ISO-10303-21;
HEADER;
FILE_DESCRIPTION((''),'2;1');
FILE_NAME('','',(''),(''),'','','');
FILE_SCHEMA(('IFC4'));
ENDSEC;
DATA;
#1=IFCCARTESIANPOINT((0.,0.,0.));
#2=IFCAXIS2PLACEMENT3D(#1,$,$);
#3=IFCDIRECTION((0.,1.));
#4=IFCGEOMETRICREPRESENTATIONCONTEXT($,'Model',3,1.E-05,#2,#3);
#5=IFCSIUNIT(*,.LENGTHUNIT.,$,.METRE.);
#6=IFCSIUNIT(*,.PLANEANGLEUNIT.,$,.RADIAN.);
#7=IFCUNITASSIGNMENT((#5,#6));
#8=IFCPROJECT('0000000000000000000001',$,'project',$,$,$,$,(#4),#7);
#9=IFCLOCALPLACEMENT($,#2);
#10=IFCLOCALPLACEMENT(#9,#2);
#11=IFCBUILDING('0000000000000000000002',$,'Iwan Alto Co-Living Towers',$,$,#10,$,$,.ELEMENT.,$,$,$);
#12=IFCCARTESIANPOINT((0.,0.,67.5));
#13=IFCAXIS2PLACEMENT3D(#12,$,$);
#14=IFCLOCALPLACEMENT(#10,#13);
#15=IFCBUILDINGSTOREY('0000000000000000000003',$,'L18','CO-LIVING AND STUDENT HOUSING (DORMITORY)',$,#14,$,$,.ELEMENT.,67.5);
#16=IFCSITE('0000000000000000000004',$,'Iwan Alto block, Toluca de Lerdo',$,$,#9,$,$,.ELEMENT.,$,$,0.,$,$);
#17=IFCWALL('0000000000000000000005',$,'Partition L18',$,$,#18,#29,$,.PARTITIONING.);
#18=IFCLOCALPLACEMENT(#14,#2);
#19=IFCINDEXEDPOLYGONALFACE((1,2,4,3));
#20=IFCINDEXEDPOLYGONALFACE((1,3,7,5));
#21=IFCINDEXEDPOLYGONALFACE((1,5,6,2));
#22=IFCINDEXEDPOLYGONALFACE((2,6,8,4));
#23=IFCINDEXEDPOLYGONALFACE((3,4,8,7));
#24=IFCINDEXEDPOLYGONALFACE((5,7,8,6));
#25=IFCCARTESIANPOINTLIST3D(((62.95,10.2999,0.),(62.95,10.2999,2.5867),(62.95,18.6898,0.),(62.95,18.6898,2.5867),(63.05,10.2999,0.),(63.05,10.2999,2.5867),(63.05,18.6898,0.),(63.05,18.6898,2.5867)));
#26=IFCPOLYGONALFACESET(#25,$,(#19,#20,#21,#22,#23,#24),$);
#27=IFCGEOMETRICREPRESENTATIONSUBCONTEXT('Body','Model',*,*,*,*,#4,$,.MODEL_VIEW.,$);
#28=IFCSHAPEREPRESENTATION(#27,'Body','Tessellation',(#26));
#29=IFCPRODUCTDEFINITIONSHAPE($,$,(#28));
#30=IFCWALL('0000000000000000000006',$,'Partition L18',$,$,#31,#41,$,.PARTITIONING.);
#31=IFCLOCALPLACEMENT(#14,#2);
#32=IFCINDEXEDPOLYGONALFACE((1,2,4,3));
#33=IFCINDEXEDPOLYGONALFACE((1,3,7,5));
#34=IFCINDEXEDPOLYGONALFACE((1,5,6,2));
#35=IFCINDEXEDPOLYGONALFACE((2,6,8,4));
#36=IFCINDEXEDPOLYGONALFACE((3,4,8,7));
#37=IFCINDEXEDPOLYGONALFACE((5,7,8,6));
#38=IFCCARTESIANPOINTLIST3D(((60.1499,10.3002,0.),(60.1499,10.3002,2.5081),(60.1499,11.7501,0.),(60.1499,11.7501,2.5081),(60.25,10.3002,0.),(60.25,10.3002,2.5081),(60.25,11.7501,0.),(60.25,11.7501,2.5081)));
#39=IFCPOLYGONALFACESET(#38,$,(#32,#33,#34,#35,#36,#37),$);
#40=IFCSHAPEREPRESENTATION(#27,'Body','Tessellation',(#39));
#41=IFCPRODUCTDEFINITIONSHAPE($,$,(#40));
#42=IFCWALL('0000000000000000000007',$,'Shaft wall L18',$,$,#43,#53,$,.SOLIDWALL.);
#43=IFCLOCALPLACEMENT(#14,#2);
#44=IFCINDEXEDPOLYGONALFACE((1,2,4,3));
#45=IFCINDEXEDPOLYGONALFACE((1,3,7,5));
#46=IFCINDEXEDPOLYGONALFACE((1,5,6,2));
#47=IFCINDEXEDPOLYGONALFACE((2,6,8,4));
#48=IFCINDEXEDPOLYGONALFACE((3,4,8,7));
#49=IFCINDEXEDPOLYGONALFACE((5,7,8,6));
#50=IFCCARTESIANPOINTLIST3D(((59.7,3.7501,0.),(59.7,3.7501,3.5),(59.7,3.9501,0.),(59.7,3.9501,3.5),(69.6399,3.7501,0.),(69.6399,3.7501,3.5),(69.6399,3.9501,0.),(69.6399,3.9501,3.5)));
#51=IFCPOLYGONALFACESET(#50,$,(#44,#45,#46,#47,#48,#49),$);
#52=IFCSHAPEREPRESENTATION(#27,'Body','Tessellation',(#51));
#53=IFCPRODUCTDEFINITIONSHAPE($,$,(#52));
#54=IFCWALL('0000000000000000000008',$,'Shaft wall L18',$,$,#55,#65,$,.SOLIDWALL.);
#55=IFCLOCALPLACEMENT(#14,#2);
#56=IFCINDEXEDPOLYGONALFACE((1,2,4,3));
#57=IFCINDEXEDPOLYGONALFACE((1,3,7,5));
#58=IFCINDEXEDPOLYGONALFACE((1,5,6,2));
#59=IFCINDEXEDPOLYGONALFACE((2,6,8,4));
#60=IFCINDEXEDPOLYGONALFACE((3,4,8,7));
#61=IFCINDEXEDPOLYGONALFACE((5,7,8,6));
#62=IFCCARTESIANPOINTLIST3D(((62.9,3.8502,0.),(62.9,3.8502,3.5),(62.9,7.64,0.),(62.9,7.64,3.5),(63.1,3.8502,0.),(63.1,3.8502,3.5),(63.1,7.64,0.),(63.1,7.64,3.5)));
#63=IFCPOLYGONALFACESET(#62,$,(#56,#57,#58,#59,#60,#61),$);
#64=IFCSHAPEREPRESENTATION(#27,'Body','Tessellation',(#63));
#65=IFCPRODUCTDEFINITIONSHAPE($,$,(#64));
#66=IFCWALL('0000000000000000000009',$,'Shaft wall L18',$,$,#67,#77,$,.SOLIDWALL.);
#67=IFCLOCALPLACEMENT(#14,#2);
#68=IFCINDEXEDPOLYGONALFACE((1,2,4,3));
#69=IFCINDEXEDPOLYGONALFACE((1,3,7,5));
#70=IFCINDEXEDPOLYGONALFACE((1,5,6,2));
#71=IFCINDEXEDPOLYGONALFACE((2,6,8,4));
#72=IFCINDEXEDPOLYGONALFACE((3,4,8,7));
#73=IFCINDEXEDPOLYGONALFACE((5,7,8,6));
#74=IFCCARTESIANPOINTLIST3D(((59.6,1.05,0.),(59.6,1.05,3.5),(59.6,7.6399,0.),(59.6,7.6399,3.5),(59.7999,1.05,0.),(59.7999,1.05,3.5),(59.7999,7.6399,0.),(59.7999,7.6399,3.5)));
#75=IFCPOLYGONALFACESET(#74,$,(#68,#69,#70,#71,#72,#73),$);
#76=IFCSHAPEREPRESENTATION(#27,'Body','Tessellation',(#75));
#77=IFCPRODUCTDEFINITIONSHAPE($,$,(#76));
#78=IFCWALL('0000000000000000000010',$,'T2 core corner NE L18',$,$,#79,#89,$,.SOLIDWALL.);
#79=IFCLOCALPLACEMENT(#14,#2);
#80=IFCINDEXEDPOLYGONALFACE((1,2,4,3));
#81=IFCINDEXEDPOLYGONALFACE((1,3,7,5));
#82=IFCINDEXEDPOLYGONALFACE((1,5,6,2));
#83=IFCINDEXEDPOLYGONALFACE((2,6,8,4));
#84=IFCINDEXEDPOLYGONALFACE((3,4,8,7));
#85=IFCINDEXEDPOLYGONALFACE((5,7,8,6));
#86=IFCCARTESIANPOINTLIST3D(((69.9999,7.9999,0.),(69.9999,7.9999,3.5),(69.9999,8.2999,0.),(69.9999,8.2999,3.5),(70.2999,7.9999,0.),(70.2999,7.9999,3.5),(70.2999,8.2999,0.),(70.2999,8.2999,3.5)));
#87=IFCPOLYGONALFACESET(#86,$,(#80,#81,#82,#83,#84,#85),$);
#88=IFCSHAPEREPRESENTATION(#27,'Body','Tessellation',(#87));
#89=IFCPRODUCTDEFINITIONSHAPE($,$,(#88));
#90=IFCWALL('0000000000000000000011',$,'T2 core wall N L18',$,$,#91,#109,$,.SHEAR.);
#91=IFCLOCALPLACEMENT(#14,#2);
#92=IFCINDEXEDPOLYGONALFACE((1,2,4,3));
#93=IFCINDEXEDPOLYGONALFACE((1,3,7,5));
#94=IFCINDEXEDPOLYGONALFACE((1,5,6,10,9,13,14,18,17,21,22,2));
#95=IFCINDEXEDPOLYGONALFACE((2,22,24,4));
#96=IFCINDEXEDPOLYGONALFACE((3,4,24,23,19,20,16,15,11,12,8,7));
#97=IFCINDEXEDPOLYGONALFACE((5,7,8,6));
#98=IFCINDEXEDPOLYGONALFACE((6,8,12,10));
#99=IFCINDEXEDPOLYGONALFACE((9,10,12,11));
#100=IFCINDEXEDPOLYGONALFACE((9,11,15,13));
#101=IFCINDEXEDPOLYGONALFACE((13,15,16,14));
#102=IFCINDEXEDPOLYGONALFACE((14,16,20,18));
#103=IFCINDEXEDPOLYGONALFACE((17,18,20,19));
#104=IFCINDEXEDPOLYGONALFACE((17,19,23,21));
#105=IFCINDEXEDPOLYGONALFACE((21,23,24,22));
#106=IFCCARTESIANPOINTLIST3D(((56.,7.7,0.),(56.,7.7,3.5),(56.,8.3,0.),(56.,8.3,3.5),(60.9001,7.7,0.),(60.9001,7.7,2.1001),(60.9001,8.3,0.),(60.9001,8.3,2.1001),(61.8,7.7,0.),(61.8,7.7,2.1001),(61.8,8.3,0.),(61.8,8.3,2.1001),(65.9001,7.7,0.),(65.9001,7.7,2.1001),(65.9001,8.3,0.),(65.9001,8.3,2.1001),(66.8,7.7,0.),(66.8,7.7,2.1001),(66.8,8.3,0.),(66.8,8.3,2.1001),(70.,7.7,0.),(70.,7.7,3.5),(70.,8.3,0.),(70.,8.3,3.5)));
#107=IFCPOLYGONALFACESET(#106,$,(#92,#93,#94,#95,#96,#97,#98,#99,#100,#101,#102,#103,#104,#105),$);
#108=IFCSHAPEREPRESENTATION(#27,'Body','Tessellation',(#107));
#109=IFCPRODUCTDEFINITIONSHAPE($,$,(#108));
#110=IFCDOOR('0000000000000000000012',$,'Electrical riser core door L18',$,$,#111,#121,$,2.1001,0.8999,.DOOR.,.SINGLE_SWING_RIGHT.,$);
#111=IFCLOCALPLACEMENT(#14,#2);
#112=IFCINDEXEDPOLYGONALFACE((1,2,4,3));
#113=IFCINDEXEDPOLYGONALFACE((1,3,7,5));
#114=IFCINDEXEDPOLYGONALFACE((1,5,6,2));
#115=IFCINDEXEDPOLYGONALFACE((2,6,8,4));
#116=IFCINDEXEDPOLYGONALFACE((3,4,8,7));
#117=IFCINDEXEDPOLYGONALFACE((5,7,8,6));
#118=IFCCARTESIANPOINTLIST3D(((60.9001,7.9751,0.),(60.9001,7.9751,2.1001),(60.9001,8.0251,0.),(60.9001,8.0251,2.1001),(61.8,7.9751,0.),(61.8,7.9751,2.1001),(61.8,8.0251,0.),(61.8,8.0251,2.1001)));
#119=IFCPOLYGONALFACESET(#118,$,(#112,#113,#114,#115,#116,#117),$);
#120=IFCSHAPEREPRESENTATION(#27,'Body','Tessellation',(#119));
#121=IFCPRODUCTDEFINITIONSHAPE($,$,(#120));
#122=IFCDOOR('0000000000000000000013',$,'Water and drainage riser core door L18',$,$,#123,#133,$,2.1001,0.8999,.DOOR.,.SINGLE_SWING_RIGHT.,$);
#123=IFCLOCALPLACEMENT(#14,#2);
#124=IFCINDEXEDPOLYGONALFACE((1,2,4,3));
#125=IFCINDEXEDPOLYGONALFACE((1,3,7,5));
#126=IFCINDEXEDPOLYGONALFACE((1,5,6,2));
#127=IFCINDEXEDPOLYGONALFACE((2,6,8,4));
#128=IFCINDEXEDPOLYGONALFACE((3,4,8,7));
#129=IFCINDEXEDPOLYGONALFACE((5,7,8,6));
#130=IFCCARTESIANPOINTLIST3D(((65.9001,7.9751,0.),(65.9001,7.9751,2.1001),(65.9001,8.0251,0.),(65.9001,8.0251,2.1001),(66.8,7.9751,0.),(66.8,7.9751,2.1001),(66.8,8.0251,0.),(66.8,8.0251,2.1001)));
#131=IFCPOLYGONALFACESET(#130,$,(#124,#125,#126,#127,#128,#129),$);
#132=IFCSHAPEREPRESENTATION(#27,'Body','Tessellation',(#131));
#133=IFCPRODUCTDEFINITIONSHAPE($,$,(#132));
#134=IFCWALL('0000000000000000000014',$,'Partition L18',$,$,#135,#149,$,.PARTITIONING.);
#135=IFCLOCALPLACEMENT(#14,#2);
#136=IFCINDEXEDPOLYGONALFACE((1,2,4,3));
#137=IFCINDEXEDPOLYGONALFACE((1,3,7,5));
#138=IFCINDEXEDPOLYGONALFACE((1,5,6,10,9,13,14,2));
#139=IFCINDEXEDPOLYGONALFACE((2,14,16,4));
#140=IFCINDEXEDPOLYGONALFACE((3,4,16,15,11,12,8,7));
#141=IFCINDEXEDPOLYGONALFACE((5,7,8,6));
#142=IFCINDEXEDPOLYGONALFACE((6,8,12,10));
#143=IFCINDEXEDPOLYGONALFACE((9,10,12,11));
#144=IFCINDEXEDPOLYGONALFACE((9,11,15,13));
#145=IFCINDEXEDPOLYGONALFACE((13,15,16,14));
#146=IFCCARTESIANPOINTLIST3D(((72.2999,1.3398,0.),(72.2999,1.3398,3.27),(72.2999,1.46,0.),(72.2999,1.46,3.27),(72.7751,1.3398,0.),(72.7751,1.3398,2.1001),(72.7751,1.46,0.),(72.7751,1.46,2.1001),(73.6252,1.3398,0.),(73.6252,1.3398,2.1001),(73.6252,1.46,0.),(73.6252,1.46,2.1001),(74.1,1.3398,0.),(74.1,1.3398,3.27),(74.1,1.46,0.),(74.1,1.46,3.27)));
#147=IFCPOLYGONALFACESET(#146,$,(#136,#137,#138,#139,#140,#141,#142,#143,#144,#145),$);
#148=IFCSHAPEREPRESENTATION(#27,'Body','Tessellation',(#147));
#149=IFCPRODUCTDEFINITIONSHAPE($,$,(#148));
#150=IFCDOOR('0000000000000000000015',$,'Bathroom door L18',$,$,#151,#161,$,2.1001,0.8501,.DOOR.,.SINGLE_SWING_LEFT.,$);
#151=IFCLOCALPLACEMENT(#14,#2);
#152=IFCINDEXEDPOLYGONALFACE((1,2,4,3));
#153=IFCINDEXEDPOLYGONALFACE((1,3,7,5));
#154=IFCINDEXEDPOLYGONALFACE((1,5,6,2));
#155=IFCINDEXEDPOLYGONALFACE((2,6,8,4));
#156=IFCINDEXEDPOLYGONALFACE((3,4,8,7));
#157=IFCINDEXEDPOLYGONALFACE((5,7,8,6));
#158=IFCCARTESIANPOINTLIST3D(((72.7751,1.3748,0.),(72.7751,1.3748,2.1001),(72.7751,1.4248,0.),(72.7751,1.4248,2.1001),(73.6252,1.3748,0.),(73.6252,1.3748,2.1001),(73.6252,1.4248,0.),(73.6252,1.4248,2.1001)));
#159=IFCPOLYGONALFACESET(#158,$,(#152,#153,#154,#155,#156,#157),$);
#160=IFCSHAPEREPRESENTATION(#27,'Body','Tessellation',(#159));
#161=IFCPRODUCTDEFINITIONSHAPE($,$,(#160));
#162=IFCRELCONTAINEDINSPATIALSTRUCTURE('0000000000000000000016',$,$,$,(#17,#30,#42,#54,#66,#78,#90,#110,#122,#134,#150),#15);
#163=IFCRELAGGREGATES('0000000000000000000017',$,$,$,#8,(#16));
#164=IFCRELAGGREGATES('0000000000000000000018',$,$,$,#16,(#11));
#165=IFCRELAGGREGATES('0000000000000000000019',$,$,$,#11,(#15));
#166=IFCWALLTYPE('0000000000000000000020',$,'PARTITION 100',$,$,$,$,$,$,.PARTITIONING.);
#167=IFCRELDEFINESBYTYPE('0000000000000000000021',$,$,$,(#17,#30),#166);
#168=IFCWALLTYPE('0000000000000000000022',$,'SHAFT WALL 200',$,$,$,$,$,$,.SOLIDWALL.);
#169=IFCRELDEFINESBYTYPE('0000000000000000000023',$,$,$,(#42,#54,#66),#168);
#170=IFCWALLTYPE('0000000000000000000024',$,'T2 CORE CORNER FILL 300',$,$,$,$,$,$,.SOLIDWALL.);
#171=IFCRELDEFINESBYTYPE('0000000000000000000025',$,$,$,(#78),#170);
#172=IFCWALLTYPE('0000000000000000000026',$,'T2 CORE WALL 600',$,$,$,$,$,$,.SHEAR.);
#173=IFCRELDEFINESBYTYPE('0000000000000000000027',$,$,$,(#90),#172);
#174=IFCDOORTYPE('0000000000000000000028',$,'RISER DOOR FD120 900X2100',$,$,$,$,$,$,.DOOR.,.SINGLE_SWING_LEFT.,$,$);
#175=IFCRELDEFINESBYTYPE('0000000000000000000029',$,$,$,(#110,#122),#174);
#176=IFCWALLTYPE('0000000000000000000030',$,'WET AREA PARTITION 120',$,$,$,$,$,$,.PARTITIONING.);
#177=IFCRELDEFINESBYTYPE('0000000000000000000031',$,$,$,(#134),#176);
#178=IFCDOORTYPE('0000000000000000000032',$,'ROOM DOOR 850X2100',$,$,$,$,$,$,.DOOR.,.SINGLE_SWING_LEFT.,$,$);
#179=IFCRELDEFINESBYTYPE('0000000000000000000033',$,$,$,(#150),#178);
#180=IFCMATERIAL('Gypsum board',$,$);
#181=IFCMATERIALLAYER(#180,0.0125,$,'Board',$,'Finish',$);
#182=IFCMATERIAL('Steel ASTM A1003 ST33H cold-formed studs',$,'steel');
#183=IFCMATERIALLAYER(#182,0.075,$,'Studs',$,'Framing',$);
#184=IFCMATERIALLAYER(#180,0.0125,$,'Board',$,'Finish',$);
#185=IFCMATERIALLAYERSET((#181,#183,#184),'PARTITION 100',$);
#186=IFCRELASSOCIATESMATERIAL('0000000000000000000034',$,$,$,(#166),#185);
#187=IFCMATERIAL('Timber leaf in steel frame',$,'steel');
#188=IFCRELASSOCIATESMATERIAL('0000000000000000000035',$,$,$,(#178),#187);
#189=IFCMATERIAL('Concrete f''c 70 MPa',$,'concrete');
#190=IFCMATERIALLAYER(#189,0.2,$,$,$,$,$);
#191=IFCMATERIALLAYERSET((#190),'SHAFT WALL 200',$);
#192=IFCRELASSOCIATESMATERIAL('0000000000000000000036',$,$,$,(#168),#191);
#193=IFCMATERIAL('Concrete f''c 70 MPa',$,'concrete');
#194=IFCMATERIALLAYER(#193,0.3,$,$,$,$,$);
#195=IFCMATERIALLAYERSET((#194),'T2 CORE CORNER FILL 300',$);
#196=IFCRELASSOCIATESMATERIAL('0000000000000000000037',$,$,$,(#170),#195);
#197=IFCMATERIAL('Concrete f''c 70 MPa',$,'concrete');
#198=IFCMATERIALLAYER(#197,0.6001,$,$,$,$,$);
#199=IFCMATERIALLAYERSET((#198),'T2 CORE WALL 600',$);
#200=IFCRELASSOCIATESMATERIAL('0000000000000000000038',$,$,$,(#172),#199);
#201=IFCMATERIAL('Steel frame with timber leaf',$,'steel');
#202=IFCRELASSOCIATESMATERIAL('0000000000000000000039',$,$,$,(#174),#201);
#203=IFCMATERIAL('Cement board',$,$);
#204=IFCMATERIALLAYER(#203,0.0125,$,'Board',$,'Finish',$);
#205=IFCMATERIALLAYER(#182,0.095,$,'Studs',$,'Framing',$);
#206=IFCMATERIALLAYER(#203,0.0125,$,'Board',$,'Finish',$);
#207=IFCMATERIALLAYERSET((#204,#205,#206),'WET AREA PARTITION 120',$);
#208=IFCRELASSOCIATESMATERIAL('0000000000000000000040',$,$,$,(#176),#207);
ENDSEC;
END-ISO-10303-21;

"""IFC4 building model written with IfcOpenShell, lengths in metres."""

from ifc_helpers import new_model, si_unit, direction, frame, frame_2d, origin, place, context, subcontext, project, spatial, rectangle, extrude, material, layer, layer_set, type_object, element, fill, save


model = new_model("IFC4")

# Units and contexts
model_context = context("Model", 3, precision=1e-05, world=origin(), true_north=direction((0.0, 1.0)))
body_context = subcontext(model_context, "Body", "Model", "MODEL_VIEW")
ifc_project = project(units=[si_unit("LENGTHUNIT", "METRE"), si_unit("PLANEANGLEUNIT", "RADIAN")], contexts=[model_context])

# Site, building, storey
site_placement = place(None, origin())
site = spatial("IfcSite", under=ifc_project, at=site_placement, Name="Iwan Alto block, Toluca de Lerdo", CompositionType="ELEMENT", RefElevation=0.0)
building_placement = place(site_placement, origin())
building = spatial("IfcBuilding", under=site, at=building_placement, Name="Iwan Alto Co-Living Towers", CompositionType="ELEMENT")
storey_placement = place(building_placement, frame((0.0, 0.0, 67.5)))
storey = spatial("IfcBuildingStorey", under=building, at=storey_placement, Name="L18", Description="CO-LIVING AND STUDENT HOUSING (DORMITORY)", CompositionType="ELEMENT", Elevation=67.5)

# Shared definitions
ifc_material_1 = material(Name="Gypsum board")
ifc_layer_1 = layer(ifc_material_1, 0.0125, Name="Board", Category="Finish")
ifc_material_2 = material(Name="Steel ASTM A1003 ST33H cold-formed studs", Category="steel")
ifc_layer_2 = layer(ifc_material_2, 0.075, Name="Studs", Category="Framing")
ifc_layer_3 = layer(ifc_material_1, 0.0125, Name="Board", Category="Finish")
ifc_layer_set_1 = layer_set([ifc_layer_1, ifc_layer_2, ifc_layer_3], Name="PARTITION 100")
wall_type_1 = type_object("IfcWallType", Name="PARTITION 100", PredefinedType="PARTITIONING", material=ifc_layer_set_1)

# Shared definitions
ifc_material_3 = material(Name="Timber leaf in steel frame", Category="steel")
door_type_1 = type_object("IfcDoorType", Name="ROOM DOOR 850X2100", OperationType="SINGLE_SWING_LEFT", PredefinedType="DOOR", material=ifc_material_3)

# Walls
wall_1_placement = place(storey_placement, frame((63.0, 10.3, 0.0), z_axis=(0.0, 0.0, 1.0), x_axis=(0.0, 1.0, 0.0)))
element("IfcWall", 1, at=wall_1_placement, inside=storey, type_object=wall_type_1, Name="Partition L18", PredefinedType="PARTITIONING", context=body_context, shape_type="SweptSolid", body=[
    extrude(rectangle(XDim=8.3899, YDim=0.1001, at=frame_2d((4.1948, 0.0))), origin(), (0.0, 0.0, 1.0), 2.5867),
])
wall_2_placement = place(storey_placement, frame((60.2, 10.3, 0.0), z_axis=(0.0, 0.0, 1.0), x_axis=(0.0, 1.0, 0.0)))
element("IfcWall", 2, at=wall_2_placement, inside=storey, type_object=wall_type_1, Name="Partition L18", PredefinedType="PARTITIONING", context=body_context, shape_type="SweptSolid", body=[
    extrude(rectangle(XDim=1.45, YDim=0.1001, at=frame_2d((0.7251, 0.0))), origin(), (0.0, 0.0, 1.0), 2.5081),
])
ifc_material_4 = material(Name="Concrete f'c 70 MPa", Category="concrete")
ifc_layer_4 = layer(ifc_material_4, 0.2)
ifc_layer_set_2 = layer_set([ifc_layer_4], Name="SHAFT WALL 200")
wall_type_2 = type_object("IfcWallType", Name="SHAFT WALL 200", PredefinedType="SOLIDWALL", material=ifc_layer_set_2)
wall_3_placement = place(storey_placement, frame((59.7, 3.8501, 0.0), z_axis=(0.0, 0.0, 1.0), x_axis=(1.0, 0.0, 0.0)))
element("IfcWall", 3, at=wall_3_placement, inside=storey, type_object=wall_type_2, Name="Shaft wall L18", PredefinedType="SOLIDWALL", context=body_context, shape_type="SweptSolid", body=[
    extrude(rectangle(XDim=9.9399, YDim=0.2, at=frame_2d((4.97, 0.0))), origin(), (0.0, 0.0, 1.0), 3.5),
])
wall_4_placement = place(storey_placement, frame((63.0, 3.8501, 0.0), z_axis=(0.0, 0.0, 1.0), x_axis=(0.0, 1.0, 0.0)))
element("IfcWall", 4, at=wall_4_placement, inside=storey, type_object=wall_type_2, Name="Shaft wall L18", PredefinedType="SOLIDWALL", context=body_context, shape_type="SweptSolid", body=[
    extrude(rectangle(XDim=3.7898, YDim=0.2, at=frame_2d((1.895, 0.0))), origin(), (0.0, 0.0, 1.0), 3.5),
])
wall_5_placement = place(storey_placement, frame((59.7, 1.05, 0.0), z_axis=(0.0, 0.0, 1.0), x_axis=(0.0, 1.0, 0.0)))
element("IfcWall", 5, at=wall_5_placement, inside=storey, type_object=wall_type_2, Name="Shaft wall L18", PredefinedType="SOLIDWALL", context=body_context, shape_type="SweptSolid", body=[
    extrude(rectangle(XDim=6.5898, YDim=0.2, at=frame_2d((3.2949, 0.0))), origin(), (0.0, 0.0, 1.0), 3.5),
])
ifc_material_5 = material(Name="Concrete f'c 70 MPa", Category="concrete")
ifc_layer_5 = layer(ifc_material_5, 0.3)
ifc_layer_set_3 = layer_set([ifc_layer_5], Name="T2 CORE CORNER FILL 300")
wall_type_3 = type_object("IfcWallType", Name="T2 CORE CORNER FILL 300", PredefinedType="SOLIDWALL", material=ifc_layer_set_3)
wall_6_placement = place(storey_placement, frame((70.0, 8.1499, 0.0), z_axis=(0.0, 0.0, 1.0), x_axis=(1.0, 0.0, 0.0)))
element("IfcWall", 6, at=wall_6_placement, inside=storey, type_object=wall_type_3, Name="T2 core corner NE L18", PredefinedType="SOLIDWALL", context=body_context, shape_type="SweptSolid", body=[
    extrude(rectangle(XDim=0.3, YDim=0.3, at=frame_2d((0.1499, 0.0))), origin(), (0.0, 0.0, 1.0), 3.5),
])

# Wall, openings, doors
ifc_material_6 = material(Name="Concrete f'c 70 MPa", Category="concrete")
ifc_layer_6 = layer(ifc_material_6, 0.6001)
ifc_layer_set_4 = layer_set([ifc_layer_6], Name="T2 CORE WALL 600")
wall_type_4 = type_object("IfcWallType", Name="T2 CORE WALL 600", PredefinedType="SHEAR", material=ifc_layer_set_4)
wall_7_placement = place(storey_placement, frame((70.0, 8.0, 0.0), z_axis=(0.0, 0.0, 1.0), x_axis=(-1.0, 0.0, 0.0)))
wall_7 = element("IfcWall", 7, at=wall_7_placement, inside=storey, type_object=wall_type_4, Name="T2 core wall N L18", PredefinedType="SHEAR", context=body_context, shape_type="SweptSolid", body=[
    extrude(rectangle(XDim=14.0, YDim=0.6001, at=frame_2d((7.0, 0.0))), origin(), (0.0, 0.0, 1.0), 3.5),
])
opening_1_placement = place(wall_7_placement, frame((8.2, 0.0, 0.0)))
opening_1 = element("IfcOpeningElement", 8, at=opening_1_placement, cuts=wall_7, PredefinedType="OPENING", context=body_context, shape_type="SweptSolid", body=[
    extrude(rectangle(XDim=0.8999, YDim=2.1001, at=frame_2d((0.45, 1.05))), frame((0.0, 0.3101, 0.0), z_axis=(0.0, -1.0, 0.0), x_axis=(1.0, 0.0, 0.0)), (0.0, 0.0, 1.0), 0.6201),
])
opening_2_placement = place(wall_7_placement, frame((3.2, 0.0, 0.0)))
opening_2 = element("IfcOpeningElement", 9, at=opening_2_placement, cuts=wall_7, PredefinedType="OPENING", context=body_context, shape_type="SweptSolid", body=[
    extrude(rectangle(XDim=0.8999, YDim=2.1001, at=frame_2d((0.45, 1.05))), frame((0.0, 0.3101, 0.0), z_axis=(0.0, -1.0, 0.0), x_axis=(1.0, 0.0, 0.0)), (0.0, 0.0, 1.0), 0.6201),
])
ifc_material_7 = material(Name="Steel frame with timber leaf", Category="steel")
door_type_2 = type_object("IfcDoorType", Name="RISER DOOR FD120 900X2100", OperationType="SINGLE_SWING_LEFT", PredefinedType="DOOR", material=ifc_material_7)
door_1_placement = place(opening_1_placement, origin())
door_1 = element("IfcDoor", 10, at=door_1_placement, inside=storey, type_object=door_type_2, Name="Electrical riser core door L18", OperationType="SINGLE_SWING_RIGHT", OverallHeight=2.1001, OverallWidth=0.8999, PredefinedType="DOOR", context=body_context, shape_type="SweptSolid", body=[
    extrude(rectangle(XDim=0.8999, YDim=2.1001, at=frame_2d((0.45, 1.05))), frame((0.0, 0.0249, 0.0), z_axis=(0.0, -1.0, 0.0), x_axis=(1.0, 0.0, 0.0)), (0.0, 0.0, 1.0), 0.05),
])
fill(opening_1, door_1)
door_2_placement = place(opening_2_placement, origin())
door_2 = element("IfcDoor", 11, at=door_2_placement, inside=storey, type_object=door_type_2, Name="Water and drainage riser core door L18", OperationType="SINGLE_SWING_RIGHT", OverallHeight=2.1001, OverallWidth=0.8999, PredefinedType="DOOR", context=body_context, shape_type="SweptSolid", body=[
    extrude(rectangle(XDim=0.8999, YDim=2.1001, at=frame_2d((0.45, 1.05))), frame((0.0, 0.0249, 0.0), z_axis=(0.0, -1.0, 0.0), x_axis=(1.0, 0.0, 0.0)), (0.0, 0.0, 1.0), 0.05),
])
fill(opening_2, door_2)

# Wall, opening, door
ifc_material_8 = material(Name="Cement board")
ifc_layer_7 = layer(ifc_material_8, 0.0125, Name="Board", Category="Finish")
ifc_layer_8 = layer(ifc_material_2, 0.095, Name="Studs", Category="Framing")
ifc_layer_9 = layer(ifc_material_8, 0.0125, Name="Board", Category="Finish")
ifc_layer_set_5 = layer_set([ifc_layer_7, ifc_layer_8, ifc_layer_9], Name="WET AREA PARTITION 120")
wall_type_5 = type_object("IfcWallType", Name="WET AREA PARTITION 120", PredefinedType="PARTITIONING", material=ifc_layer_set_5)
wall_8_placement = place(storey_placement, frame((72.3, 1.3999, 0.0), z_axis=(0.0, 0.0, 1.0), x_axis=(1.0, 0.0, 0.0)))
wall_8 = element("IfcWall", 12, at=wall_8_placement, inside=storey, type_object=wall_type_5, Name="Partition L18", PredefinedType="PARTITIONING", context=body_context, shape_type="SweptSolid", body=[
    extrude(rectangle(XDim=1.8, YDim=0.1201, at=frame_2d((0.8999, 0.0))), origin(), (0.0, 0.0, 1.0), 3.27),
])
opening_3_placement = place(wall_8_placement, frame((0.4751, 0.0, 0.0)))
opening_3 = element("IfcOpeningElement", 13, at=opening_3_placement, cuts=wall_8, PredefinedType="OPENING", context=body_context, shape_type="SweptSolid", body=[
    extrude(rectangle(XDim=0.8501, YDim=2.1001, at=frame_2d((0.425, 1.05))), frame((0.0, 0.0701, 0.0), z_axis=(0.0, -1.0, 0.0), x_axis=(1.0, 0.0, 0.0)), (0.0, 0.0, 1.0), 0.1401),
])
door_3_placement = place(opening_3_placement, origin())
door_3 = element("IfcDoor", 14, at=door_3_placement, inside=storey, type_object=door_type_1, Name="Bathroom door L18", OperationType="SINGLE_SWING_LEFT", OverallHeight=2.1001, OverallWidth=0.8501, PredefinedType="DOOR", context=body_context, shape_type="SweptSolid", body=[
    extrude(rectangle(XDim=0.8501, YDim=2.1001, at=frame_2d((0.425, 1.05))), frame((0.0, 0.0249, 0.0), z_axis=(0.0, -1.0, 0.0), x_axis=(1.0, 0.0, 0.0)), (0.0, 0.0, 1.0), 0.05),
])
fill(opening_3, door_3)

save(model, "model.ifc")
